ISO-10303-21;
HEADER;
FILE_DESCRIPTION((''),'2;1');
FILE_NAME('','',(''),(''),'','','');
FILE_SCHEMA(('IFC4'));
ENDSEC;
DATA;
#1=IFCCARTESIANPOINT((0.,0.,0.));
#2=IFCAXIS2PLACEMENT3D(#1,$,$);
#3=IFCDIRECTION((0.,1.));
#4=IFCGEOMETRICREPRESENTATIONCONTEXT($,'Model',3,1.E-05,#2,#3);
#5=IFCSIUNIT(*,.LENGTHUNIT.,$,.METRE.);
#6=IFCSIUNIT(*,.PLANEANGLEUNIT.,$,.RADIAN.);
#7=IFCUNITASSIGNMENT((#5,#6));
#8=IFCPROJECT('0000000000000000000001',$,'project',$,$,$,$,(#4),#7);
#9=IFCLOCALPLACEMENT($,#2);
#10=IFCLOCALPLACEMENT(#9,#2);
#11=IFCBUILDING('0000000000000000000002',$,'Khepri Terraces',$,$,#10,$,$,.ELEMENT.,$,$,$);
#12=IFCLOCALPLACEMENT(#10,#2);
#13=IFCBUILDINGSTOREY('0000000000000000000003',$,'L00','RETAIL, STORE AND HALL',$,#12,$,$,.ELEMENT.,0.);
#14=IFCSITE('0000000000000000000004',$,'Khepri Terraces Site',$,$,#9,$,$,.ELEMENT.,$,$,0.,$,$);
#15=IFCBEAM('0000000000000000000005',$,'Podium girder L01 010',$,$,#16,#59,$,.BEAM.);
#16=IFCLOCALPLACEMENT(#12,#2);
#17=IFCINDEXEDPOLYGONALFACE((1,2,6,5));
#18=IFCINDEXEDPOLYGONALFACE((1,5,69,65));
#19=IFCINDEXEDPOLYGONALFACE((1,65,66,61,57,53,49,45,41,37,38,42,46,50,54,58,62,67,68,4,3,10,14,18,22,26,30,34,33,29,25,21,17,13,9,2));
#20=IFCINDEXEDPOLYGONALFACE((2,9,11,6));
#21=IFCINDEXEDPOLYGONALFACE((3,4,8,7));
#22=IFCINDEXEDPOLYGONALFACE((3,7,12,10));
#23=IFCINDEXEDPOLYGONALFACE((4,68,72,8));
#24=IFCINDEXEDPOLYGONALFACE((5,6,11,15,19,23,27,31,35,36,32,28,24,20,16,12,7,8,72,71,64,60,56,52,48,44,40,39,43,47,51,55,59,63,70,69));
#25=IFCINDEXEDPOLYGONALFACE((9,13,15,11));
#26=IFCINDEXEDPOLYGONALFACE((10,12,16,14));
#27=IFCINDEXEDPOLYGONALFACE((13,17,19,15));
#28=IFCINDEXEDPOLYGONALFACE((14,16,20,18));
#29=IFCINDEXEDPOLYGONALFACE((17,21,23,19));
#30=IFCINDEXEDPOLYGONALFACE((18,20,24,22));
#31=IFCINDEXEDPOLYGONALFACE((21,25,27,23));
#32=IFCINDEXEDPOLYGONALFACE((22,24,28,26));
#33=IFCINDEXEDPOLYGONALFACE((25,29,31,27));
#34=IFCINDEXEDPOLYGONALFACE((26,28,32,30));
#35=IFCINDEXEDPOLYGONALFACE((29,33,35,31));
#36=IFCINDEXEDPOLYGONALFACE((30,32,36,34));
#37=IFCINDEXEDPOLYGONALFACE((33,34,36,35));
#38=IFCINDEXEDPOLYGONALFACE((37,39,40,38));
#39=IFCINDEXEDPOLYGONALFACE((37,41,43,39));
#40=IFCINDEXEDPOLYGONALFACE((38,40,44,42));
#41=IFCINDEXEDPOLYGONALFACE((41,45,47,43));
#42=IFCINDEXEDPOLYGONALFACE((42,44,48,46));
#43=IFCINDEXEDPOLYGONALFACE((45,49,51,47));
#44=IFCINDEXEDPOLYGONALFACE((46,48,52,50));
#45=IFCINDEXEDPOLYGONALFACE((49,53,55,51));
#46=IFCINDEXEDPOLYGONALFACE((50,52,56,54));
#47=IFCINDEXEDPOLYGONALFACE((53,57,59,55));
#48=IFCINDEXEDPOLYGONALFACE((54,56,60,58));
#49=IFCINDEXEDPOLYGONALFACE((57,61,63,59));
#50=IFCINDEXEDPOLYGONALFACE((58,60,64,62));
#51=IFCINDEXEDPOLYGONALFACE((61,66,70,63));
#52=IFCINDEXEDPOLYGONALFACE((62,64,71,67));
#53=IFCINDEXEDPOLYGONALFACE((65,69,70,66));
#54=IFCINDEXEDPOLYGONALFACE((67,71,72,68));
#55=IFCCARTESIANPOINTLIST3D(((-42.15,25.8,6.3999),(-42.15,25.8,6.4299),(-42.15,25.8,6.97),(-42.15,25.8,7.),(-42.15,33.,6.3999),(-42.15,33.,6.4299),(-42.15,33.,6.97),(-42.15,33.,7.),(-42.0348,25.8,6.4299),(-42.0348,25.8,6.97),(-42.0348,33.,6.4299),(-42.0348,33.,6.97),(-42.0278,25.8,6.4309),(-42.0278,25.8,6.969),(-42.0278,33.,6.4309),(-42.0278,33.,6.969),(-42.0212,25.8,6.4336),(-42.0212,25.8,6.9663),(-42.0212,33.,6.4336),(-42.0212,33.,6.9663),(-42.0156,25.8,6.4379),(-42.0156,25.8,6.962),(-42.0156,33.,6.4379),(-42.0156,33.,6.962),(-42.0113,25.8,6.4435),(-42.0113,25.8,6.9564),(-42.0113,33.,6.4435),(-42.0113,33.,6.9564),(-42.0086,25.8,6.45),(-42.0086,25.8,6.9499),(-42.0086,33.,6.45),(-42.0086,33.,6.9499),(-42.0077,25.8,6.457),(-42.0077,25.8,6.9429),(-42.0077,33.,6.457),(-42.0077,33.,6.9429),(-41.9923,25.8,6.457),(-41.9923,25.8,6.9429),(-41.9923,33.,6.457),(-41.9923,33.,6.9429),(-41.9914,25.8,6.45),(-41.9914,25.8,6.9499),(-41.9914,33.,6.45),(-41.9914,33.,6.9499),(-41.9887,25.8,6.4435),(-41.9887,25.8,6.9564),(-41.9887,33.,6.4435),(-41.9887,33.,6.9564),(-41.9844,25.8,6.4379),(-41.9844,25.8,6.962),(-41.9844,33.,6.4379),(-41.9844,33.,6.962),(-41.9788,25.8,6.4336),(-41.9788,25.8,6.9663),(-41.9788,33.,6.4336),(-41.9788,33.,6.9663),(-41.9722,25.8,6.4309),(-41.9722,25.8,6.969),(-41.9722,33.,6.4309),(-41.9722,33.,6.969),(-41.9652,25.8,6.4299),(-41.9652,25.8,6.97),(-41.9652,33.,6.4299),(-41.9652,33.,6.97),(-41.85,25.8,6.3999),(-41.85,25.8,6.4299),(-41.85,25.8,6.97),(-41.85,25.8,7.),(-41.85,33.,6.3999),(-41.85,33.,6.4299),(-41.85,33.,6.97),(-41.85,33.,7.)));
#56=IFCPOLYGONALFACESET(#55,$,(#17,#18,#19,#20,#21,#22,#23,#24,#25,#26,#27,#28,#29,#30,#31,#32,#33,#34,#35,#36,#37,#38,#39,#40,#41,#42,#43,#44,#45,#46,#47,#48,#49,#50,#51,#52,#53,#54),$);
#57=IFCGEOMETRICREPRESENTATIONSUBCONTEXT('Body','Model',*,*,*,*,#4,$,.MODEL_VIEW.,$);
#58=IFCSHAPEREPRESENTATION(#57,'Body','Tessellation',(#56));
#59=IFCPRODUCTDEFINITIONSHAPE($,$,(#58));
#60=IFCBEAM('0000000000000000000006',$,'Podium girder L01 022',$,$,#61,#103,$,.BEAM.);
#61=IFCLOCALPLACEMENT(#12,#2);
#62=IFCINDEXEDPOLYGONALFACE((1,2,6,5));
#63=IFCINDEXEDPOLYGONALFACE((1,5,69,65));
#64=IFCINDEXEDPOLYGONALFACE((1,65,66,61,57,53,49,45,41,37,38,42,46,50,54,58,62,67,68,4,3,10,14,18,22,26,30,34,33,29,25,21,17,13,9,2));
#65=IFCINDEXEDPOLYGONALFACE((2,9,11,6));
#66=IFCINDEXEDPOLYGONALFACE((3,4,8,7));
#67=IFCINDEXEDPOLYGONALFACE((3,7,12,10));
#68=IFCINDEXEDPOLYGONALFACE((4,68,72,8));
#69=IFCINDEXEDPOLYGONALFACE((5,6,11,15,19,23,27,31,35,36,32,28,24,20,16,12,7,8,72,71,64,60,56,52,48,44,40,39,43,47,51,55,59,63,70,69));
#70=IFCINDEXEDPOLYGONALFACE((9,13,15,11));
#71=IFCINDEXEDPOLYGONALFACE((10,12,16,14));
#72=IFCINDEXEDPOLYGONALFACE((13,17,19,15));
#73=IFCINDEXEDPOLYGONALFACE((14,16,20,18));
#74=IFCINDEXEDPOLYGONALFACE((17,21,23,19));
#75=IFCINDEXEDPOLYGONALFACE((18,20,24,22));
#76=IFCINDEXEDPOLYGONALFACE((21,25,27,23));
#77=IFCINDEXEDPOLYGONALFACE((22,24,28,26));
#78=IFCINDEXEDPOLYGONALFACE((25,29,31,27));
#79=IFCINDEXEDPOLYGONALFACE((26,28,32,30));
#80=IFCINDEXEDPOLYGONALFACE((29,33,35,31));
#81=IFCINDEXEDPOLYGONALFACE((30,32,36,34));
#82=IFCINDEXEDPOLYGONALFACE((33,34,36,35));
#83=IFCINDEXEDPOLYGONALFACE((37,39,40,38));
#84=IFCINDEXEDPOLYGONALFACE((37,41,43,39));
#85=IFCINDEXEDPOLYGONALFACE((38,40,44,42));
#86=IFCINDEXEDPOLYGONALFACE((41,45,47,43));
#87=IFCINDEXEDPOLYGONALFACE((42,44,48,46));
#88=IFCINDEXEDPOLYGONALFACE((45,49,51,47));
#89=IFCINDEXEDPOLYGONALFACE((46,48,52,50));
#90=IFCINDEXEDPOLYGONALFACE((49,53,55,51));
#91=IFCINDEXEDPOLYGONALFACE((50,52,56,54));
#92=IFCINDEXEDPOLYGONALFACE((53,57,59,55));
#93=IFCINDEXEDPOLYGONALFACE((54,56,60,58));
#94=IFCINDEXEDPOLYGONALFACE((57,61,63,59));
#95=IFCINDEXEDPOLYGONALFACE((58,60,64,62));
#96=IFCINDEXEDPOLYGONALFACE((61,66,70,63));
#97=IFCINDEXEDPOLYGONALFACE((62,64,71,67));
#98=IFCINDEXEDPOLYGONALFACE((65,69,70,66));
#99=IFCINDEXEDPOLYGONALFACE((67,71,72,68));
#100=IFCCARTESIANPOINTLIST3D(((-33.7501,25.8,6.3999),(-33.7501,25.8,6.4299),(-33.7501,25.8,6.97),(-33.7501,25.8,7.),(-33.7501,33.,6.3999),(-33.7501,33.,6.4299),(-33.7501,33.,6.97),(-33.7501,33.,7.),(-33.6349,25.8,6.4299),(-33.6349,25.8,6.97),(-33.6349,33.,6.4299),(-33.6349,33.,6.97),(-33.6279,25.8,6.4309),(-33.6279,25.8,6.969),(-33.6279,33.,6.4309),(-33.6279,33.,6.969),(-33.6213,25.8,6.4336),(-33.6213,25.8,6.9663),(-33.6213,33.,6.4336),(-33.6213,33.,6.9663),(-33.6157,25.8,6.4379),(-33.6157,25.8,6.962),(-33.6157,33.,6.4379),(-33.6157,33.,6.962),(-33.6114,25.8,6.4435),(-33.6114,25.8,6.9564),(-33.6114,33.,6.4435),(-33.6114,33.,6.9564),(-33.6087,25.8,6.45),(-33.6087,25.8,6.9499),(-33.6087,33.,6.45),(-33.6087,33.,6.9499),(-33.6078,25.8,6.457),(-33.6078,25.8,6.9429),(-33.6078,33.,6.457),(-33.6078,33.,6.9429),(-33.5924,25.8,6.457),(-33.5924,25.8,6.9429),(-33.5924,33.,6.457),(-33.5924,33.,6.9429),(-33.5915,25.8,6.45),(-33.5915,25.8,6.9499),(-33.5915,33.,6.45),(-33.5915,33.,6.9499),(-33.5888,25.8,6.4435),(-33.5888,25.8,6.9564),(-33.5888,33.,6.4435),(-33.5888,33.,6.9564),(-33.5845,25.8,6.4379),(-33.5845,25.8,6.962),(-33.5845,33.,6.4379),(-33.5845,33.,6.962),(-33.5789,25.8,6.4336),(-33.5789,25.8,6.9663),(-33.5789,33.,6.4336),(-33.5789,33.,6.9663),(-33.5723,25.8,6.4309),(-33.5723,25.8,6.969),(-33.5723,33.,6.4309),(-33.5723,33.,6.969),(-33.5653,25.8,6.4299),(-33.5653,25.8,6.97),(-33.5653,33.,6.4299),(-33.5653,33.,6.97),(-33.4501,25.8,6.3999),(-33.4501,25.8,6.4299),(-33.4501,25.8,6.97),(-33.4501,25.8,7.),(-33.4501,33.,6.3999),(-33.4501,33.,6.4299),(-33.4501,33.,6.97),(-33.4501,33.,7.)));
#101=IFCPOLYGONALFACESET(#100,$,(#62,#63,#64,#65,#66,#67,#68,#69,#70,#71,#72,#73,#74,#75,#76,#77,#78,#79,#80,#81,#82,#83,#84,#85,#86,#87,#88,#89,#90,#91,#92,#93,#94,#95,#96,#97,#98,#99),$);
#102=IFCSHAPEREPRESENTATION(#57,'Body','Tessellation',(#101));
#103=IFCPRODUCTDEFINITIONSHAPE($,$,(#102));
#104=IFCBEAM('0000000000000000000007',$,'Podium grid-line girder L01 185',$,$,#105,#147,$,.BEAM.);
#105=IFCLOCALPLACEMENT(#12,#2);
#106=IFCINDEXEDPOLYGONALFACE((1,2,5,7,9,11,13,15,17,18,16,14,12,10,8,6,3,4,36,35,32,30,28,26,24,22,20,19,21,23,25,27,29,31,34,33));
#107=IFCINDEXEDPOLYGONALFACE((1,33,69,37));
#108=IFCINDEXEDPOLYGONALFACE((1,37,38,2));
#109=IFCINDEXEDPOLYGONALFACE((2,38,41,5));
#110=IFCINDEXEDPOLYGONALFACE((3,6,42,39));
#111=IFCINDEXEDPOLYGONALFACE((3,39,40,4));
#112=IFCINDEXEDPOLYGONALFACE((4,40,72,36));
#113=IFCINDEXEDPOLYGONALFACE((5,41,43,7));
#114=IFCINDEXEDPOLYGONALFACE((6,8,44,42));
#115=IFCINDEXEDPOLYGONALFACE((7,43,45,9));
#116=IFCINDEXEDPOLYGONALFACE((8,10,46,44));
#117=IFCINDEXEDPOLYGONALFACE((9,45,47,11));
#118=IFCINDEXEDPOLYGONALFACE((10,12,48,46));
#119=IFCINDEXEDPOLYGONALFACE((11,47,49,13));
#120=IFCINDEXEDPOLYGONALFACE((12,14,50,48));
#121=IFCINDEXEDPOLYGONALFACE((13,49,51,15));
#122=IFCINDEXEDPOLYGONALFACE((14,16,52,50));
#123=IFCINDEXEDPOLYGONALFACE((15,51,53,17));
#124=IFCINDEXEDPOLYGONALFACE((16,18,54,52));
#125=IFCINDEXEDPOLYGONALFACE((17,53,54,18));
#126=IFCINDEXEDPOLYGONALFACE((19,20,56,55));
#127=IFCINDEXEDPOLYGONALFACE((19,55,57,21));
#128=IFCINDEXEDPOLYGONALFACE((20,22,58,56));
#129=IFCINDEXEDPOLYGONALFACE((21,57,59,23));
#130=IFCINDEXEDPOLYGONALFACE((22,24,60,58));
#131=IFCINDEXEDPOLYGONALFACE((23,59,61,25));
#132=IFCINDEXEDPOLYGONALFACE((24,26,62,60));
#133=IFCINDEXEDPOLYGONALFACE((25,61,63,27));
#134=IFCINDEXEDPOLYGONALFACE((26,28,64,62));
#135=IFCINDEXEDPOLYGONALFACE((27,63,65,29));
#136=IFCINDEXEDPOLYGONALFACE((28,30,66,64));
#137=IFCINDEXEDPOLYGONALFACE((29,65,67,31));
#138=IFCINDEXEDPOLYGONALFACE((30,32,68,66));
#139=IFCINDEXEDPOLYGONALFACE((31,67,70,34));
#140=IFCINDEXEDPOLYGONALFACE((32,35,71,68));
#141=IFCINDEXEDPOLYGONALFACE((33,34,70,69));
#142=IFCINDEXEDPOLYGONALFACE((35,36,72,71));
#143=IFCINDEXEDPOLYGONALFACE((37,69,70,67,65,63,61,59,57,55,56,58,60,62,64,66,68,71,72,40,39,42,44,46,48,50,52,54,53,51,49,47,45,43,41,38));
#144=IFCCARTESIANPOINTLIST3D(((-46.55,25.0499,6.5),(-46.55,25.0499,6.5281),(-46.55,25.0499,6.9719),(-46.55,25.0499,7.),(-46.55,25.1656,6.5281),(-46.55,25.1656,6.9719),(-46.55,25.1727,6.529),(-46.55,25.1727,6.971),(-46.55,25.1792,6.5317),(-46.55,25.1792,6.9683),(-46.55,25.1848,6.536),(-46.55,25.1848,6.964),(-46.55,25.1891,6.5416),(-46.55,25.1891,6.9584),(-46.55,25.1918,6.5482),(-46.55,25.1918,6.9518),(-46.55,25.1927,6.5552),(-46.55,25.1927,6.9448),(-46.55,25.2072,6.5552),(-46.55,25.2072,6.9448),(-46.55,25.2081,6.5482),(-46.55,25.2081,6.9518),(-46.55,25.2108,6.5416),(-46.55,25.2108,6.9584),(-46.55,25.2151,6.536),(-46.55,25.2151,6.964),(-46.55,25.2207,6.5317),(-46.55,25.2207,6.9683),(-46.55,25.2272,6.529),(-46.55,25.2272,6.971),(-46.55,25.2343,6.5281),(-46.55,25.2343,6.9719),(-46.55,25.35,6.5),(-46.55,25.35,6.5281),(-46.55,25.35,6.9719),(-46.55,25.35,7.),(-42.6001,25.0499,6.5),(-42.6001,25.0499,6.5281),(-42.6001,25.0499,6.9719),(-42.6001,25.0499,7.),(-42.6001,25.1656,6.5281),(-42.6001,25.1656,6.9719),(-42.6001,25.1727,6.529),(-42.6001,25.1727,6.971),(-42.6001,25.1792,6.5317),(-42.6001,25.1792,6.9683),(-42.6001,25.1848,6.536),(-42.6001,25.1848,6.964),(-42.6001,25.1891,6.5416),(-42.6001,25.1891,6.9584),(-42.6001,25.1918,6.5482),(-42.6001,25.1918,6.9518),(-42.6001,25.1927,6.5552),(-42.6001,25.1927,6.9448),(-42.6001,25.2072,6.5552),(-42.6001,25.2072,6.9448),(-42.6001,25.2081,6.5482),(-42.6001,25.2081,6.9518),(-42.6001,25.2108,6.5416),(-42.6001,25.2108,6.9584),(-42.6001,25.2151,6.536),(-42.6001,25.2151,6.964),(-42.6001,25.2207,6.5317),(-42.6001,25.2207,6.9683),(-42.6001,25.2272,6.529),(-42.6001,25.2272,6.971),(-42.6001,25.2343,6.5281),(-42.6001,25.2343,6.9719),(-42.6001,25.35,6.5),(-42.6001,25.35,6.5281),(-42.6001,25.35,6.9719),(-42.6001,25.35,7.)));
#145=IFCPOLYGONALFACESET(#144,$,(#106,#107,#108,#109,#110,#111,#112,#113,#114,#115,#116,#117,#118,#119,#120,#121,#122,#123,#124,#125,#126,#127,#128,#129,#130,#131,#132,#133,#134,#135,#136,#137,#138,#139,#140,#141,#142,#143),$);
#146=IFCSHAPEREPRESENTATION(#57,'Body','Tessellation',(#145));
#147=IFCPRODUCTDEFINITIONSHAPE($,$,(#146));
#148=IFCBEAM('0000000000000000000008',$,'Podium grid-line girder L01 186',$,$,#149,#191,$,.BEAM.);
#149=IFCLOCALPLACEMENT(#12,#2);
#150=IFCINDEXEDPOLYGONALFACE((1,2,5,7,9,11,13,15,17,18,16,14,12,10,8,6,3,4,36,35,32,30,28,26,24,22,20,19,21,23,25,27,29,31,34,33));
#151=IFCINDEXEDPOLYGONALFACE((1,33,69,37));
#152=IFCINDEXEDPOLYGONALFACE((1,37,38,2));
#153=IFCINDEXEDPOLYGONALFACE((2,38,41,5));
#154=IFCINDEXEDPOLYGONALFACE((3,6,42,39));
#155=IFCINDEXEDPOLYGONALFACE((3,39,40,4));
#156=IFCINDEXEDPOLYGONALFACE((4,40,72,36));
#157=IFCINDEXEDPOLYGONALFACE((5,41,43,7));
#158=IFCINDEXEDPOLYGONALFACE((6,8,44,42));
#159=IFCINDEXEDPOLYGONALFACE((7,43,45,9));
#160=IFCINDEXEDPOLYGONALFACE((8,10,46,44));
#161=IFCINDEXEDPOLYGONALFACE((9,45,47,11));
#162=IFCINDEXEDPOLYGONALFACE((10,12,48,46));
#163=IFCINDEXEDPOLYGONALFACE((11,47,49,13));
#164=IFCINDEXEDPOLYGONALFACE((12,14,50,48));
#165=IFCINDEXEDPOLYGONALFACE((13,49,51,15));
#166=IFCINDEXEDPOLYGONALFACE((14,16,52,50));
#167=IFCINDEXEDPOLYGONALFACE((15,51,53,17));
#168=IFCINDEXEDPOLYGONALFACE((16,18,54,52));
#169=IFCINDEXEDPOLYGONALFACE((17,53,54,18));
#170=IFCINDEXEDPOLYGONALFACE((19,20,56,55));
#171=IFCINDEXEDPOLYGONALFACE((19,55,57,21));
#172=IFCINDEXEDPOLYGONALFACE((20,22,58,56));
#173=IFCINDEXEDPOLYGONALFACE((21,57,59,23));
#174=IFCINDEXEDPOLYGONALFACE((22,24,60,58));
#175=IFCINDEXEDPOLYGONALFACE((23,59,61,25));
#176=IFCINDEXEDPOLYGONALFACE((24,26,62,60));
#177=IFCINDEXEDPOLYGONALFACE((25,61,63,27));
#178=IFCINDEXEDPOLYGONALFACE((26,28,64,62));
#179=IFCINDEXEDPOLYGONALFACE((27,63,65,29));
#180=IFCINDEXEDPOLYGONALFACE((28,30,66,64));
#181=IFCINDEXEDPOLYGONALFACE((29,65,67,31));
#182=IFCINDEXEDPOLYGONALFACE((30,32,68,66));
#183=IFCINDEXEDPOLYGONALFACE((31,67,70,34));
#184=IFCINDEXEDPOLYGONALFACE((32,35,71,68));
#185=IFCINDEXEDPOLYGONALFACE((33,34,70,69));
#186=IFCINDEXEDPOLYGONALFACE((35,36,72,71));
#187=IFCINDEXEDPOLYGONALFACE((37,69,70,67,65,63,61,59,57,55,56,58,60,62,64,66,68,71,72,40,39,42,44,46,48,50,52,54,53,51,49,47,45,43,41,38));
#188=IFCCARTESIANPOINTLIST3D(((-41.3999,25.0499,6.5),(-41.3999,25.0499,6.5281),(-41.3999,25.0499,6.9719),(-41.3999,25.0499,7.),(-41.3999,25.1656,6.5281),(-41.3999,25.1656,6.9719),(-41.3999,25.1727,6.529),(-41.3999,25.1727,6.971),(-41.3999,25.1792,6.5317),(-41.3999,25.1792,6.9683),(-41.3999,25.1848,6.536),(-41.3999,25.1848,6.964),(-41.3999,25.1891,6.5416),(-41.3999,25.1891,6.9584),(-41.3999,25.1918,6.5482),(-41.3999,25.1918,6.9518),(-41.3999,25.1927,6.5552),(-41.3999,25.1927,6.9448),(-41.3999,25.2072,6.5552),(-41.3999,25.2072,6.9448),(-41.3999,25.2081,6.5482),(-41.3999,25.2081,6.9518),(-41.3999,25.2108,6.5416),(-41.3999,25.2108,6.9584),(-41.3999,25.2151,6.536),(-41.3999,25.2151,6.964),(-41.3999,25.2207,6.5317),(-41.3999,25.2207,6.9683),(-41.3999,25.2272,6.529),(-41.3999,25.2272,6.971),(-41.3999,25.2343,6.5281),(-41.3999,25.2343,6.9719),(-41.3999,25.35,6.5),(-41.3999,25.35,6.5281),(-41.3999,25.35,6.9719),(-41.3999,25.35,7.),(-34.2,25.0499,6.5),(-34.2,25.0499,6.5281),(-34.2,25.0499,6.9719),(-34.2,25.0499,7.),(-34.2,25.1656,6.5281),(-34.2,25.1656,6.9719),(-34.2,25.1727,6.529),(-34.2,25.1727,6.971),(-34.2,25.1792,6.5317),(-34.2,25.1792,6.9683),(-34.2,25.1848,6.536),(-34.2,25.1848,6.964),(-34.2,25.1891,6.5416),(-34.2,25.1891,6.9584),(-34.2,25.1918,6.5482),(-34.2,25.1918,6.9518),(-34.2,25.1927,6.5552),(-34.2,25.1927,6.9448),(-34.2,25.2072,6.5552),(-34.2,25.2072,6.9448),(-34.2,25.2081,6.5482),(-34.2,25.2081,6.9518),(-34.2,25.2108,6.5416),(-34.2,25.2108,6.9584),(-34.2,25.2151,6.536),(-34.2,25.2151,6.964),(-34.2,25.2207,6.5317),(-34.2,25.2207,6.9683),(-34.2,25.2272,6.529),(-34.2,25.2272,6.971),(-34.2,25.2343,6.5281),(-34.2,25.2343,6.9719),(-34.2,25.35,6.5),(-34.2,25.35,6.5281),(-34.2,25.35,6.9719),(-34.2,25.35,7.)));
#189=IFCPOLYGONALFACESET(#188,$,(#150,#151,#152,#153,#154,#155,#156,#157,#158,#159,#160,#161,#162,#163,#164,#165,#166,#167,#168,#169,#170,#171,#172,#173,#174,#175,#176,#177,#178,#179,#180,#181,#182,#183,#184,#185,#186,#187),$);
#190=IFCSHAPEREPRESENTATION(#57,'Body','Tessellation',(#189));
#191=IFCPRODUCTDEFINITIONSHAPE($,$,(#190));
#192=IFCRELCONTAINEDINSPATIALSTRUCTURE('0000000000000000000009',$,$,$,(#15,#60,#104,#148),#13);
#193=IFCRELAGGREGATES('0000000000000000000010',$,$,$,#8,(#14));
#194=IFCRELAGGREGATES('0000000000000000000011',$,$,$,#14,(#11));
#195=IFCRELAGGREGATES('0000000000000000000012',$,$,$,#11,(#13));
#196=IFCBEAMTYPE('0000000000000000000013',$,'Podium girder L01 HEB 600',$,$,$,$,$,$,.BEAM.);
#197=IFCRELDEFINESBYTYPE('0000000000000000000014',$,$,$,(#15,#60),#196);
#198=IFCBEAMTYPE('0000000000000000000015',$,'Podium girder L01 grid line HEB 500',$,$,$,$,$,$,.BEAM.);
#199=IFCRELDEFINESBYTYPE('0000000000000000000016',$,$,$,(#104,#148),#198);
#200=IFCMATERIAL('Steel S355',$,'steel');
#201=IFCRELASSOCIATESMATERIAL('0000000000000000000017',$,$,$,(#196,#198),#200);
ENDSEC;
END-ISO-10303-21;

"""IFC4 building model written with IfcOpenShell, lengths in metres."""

from ifc_helpers import new_model, si_unit, direction, frame, origin, origin_2d, place, context, subcontext, project, spatial, i_section, extrude, material, material_profile, profile_set, type_object, element, save


model = new_model("IFC4")

# Units and contexts
model_context = context("Model", 3, precision=1e-05, world=origin(), true_north=direction((0.0, 1.0)))
body_context = subcontext(model_context, "Body", "Model", "MODEL_VIEW")
ifc_project = project(units=[si_unit("LENGTHUNIT", "METRE"), si_unit("PLANEANGLEUNIT", "RADIAN")], contexts=[model_context])

# Site, building, storey
site_placement = place(None, origin())
site = spatial("IfcSite", under=ifc_project, at=site_placement, Name="Khepri Terraces Site", CompositionType="ELEMENT", RefElevation=0.0)
building_placement = place(site_placement, origin())
building = spatial("IfcBuilding", under=site, at=building_placement, Name="Khepri Terraces", CompositionType="ELEMENT")
storey_placement = place(building_placement, origin())
storey = spatial("IfcBuildingStorey", under=building, at=storey_placement, Name="L00", Description="RETAIL, STORE AND HALL", CompositionType="ELEMENT", Elevation=0.0)

# Beams
ifc_material_1 = material(Name="Steel S355", Category="steel")
ifc_material_profile_1 = material_profile(ifc_material_1, i_section(OverallWidth=0.3, OverallDepth=0.6001, WebThickness=0.0154, FlangeThickness=0.03, FilletRadius=0.0271, at=origin_2d()), Name="Steel S355", Category="steel")
ifc_profile_set_1 = profile_set([ifc_material_profile_1], Name="Steel S355")
beam_type_1 = type_object("IfcBeamType", Name="Podium girder L01 HEB 600", PredefinedType="BEAM", material=ifc_profile_set_1)
for number, where, z_axis, x_axis, name in (
    (1, (-42.0, 25.8, 6.7), (0.0, 1.0, 0.0), (-1.0, 0.0, 0.0), "Podium girder L01 010"),
    (2, (-33.6001, 25.8, 6.7), (0.0, 1.0, 0.0), (-1.0, 0.0, 0.0), "Podium girder L01 022"),
):
    element("IfcBeam", number, at=place(storey_placement, frame(where, z_axis=z_axis, x_axis=x_axis)), inside=storey, type_object=beam_type_1, Name=name, PredefinedType="BEAM", context=body_context, shape_type="SweptSolid", body=[
        extrude(i_section(OverallWidth=0.3, OverallDepth=0.6001, WebThickness=0.0154, FlangeThickness=0.03, FilletRadius=0.0271, at=origin_2d()), origin(), (0.0, 0.0, 1.0), 7.2),
    ])
ifc_material_profile_2 = material_profile(ifc_material_1, i_section(OverallWidth=0.3, OverallDepth=0.5, WebThickness=0.0144, FlangeThickness=0.0281, FilletRadius=0.0271, at=origin_2d()), Name="Steel S355", Category="steel")
ifc_profile_set_2 = profile_set([ifc_material_profile_2], Name="Steel S355")
beam_type_2 = type_object("IfcBeamType", Name="Podium girder L01 grid line HEB 500", PredefinedType="BEAM", material=ifc_profile_set_2)
beam_1_placement = place(storey_placement, frame((-46.55, 25.2, 6.75), z_axis=(1.0, 0.0, 0.0), x_axis=(0.0, 1.0, 0.0)))
element("IfcBeam", 3, at=beam_1_placement, inside=storey, type_object=beam_type_2, Name="Podium grid-line girder L01 185", PredefinedType="BEAM", context=body_context, shape_type="SweptSolid", body=[
    extrude(i_section(OverallWidth=0.3, OverallDepth=0.5, WebThickness=0.0144, FlangeThickness=0.0281, FilletRadius=0.0271, at=origin_2d()), origin(), (0.0, 0.0, 1.0), 3.95),
])
beam_2_placement = place(storey_placement, frame((-41.3999, 25.2, 6.75), z_axis=(1.0, 0.0, 0.0), x_axis=(0.0, 1.0, 0.0)))
element("IfcBeam", 4, at=beam_2_placement, inside=storey, type_object=beam_type_2, Name="Podium grid-line girder L01 186", PredefinedType="BEAM", context=body_context, shape_type="SweptSolid", body=[
    extrude(i_section(OverallWidth=0.3, OverallDepth=0.5, WebThickness=0.0144, FlangeThickness=0.0281, FilletRadius=0.0271, at=origin_2d()), origin(), (0.0, 0.0, 1.0), 7.2),
])

save(model, "model.ifc")
